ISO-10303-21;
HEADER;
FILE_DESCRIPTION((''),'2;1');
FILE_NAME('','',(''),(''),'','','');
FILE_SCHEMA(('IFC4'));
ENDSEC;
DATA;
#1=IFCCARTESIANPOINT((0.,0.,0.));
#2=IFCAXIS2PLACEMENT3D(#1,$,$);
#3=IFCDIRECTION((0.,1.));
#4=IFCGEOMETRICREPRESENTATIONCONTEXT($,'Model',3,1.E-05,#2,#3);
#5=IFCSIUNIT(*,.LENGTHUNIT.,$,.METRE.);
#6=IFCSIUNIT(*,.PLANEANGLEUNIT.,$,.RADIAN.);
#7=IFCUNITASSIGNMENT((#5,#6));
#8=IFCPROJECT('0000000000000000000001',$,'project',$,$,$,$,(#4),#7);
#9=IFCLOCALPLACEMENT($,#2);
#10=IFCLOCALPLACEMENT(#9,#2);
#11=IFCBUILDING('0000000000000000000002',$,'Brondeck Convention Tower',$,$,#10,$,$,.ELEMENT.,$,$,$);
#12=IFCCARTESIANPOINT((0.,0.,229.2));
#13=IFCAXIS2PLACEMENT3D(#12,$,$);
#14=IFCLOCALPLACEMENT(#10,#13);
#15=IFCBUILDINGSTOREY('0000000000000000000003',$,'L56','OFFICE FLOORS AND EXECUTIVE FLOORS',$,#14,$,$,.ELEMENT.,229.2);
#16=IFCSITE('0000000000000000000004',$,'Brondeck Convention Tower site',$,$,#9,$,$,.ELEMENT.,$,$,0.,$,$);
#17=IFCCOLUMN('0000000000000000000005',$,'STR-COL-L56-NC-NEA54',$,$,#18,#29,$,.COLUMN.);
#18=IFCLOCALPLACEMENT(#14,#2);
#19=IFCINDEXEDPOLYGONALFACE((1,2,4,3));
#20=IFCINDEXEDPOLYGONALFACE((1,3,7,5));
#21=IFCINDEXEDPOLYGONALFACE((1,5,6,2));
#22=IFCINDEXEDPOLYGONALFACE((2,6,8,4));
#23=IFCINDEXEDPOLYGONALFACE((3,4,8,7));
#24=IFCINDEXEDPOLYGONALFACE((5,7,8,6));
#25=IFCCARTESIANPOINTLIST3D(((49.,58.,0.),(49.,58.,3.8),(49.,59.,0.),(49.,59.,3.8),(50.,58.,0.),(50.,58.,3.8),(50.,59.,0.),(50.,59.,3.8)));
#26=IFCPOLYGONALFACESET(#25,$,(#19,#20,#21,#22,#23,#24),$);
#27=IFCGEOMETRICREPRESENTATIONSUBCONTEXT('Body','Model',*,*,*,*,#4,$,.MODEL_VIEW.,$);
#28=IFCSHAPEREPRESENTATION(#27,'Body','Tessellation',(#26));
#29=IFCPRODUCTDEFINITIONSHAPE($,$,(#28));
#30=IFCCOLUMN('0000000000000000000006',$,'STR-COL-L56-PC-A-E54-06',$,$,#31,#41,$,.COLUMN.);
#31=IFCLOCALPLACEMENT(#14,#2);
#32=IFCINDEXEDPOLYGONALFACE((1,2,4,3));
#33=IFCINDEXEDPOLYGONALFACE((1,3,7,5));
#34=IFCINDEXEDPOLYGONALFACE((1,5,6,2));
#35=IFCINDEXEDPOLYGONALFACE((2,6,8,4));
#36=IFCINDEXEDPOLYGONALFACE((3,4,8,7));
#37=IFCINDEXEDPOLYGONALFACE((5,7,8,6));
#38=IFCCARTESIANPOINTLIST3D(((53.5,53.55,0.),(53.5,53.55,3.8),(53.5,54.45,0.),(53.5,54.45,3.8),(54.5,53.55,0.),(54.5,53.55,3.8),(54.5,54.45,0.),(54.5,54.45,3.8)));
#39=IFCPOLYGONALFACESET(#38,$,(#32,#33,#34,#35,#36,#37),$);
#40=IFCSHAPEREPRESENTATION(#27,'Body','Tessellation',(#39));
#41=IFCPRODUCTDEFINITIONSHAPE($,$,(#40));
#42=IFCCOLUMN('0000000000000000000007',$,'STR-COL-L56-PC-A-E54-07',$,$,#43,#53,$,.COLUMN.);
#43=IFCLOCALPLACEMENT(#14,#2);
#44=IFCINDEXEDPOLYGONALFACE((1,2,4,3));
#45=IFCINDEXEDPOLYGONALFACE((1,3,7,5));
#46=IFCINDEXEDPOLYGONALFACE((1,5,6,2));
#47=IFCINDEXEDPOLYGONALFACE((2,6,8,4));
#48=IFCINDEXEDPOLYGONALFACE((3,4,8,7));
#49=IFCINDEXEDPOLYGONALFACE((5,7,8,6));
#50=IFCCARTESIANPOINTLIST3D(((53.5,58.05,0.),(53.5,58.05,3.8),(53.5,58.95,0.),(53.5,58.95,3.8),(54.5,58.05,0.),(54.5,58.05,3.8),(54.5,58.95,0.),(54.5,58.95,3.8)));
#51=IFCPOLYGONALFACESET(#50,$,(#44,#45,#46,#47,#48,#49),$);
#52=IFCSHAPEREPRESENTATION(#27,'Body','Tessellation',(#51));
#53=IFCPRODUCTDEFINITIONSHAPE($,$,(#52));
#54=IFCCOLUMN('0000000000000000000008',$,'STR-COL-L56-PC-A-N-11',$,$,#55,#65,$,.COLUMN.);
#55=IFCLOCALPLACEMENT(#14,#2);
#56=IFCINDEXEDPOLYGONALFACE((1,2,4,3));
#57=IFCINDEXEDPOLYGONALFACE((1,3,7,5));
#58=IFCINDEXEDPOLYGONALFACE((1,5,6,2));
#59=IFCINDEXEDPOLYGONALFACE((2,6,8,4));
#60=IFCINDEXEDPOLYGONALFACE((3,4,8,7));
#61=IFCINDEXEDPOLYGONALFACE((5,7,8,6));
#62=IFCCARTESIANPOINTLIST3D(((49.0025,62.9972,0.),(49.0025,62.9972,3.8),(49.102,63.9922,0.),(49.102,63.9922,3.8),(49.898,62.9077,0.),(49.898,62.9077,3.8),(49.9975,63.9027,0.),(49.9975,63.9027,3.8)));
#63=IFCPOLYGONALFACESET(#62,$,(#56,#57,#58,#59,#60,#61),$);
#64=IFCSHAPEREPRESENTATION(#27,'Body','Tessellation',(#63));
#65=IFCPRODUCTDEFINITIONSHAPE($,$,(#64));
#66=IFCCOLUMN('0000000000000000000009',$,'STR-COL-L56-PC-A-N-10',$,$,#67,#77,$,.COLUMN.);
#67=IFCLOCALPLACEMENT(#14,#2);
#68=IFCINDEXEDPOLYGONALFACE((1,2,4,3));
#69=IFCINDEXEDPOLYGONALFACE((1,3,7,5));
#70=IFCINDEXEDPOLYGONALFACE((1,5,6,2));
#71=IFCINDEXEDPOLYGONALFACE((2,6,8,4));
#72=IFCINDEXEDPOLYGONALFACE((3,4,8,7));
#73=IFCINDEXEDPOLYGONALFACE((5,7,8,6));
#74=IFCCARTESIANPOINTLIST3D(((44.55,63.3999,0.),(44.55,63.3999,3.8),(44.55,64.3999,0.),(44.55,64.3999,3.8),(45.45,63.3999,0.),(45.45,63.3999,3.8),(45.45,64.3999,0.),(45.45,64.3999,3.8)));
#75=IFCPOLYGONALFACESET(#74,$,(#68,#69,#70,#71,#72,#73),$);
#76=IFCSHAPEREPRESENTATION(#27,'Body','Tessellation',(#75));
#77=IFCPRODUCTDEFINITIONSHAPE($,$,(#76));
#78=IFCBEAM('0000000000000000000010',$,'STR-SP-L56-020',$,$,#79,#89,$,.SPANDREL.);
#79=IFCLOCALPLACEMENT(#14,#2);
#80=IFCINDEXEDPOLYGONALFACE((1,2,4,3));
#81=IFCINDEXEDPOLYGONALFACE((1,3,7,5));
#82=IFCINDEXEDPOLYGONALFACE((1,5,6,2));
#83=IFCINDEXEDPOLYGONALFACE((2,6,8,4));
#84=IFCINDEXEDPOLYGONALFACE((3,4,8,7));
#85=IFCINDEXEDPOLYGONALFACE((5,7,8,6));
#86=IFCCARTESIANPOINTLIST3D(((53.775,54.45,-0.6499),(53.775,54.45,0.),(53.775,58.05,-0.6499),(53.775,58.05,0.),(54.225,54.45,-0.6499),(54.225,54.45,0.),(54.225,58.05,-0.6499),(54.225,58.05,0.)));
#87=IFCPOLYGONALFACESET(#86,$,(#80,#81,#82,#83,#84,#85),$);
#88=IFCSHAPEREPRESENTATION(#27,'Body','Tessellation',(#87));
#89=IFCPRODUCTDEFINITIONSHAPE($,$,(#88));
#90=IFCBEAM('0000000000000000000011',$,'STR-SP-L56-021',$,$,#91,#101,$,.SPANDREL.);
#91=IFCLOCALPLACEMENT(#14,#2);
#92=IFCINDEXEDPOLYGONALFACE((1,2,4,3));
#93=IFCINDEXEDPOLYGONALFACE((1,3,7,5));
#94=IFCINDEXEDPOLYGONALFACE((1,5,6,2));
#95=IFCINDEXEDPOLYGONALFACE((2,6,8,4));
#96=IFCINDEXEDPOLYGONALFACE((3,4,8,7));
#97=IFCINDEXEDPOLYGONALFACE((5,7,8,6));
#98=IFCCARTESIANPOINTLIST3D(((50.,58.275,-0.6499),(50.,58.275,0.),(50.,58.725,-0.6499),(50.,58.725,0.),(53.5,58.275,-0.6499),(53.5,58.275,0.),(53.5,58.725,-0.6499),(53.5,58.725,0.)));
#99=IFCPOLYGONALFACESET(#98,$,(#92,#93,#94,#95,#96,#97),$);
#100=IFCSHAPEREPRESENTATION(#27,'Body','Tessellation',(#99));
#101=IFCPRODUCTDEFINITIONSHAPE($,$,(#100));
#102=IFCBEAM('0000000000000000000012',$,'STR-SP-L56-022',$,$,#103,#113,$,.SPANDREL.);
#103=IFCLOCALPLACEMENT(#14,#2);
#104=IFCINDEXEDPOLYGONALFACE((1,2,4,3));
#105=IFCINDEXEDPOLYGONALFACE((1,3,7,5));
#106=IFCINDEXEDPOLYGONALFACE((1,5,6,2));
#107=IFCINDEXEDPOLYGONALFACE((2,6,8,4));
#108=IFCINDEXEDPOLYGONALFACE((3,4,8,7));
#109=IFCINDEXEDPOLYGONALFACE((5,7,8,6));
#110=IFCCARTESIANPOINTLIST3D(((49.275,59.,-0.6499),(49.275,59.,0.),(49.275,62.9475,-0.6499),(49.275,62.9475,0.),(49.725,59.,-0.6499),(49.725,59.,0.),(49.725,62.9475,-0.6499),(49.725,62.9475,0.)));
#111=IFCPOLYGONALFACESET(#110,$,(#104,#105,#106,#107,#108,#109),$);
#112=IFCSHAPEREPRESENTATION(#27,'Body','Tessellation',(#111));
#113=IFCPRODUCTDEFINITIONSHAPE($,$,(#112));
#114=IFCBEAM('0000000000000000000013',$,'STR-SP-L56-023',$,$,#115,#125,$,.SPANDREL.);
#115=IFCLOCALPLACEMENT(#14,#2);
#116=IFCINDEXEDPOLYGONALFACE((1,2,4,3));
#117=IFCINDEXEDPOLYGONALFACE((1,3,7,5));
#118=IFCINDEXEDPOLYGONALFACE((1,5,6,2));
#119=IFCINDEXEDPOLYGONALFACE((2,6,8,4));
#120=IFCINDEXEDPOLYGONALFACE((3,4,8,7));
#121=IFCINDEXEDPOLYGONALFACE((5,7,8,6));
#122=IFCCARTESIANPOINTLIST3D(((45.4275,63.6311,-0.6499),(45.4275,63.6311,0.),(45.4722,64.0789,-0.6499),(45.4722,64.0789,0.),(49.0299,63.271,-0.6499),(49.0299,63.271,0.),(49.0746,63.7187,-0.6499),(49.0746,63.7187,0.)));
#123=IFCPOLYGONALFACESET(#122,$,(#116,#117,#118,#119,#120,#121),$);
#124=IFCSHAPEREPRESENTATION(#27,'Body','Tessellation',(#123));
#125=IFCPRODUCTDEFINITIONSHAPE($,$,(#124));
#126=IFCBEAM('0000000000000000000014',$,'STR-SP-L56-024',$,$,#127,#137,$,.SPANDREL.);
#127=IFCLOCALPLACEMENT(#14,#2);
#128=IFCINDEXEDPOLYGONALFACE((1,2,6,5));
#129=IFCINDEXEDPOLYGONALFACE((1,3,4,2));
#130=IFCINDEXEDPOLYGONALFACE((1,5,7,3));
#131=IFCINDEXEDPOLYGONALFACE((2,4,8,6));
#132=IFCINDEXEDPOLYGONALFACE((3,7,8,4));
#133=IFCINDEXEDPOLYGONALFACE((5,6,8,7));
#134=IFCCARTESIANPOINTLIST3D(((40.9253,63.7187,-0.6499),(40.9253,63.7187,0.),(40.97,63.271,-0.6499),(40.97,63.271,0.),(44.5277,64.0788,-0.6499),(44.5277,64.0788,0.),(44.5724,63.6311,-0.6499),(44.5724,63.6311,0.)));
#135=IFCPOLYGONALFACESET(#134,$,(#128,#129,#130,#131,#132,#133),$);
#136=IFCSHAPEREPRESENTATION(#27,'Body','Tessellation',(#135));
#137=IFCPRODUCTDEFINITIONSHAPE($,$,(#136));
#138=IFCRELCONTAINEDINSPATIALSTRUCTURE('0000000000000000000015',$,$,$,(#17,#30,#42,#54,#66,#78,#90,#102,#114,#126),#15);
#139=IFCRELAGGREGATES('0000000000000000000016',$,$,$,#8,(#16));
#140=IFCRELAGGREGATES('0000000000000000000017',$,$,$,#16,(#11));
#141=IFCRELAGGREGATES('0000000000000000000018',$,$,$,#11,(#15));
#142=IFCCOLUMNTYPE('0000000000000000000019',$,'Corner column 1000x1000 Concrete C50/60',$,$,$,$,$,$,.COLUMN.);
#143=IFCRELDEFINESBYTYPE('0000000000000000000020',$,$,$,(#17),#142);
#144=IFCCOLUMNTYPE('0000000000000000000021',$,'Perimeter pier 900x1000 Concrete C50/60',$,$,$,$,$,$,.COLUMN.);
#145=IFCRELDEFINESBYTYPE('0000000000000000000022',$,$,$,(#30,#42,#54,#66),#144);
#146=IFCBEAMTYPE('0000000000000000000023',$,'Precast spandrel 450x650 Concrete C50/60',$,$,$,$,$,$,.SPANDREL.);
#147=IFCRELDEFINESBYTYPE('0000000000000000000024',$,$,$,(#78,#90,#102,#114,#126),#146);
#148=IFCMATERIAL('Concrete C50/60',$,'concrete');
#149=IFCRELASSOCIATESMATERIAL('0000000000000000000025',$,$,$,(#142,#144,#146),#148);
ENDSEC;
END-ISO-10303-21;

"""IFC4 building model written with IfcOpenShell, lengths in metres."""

from ifc_helpers import new_model, si_unit, direction, frame, origin, origin_2d, place, context, subcontext, project, spatial, rectangle, extrude, material, material_profile, profile_set, type_object, element, save


model = new_model("IFC4")

# Units and contexts
model_context = context("Model", 3, precision=1e-05, world=origin(), true_north=direction((0.0, 1.0)))
body_context = subcontext(model_context, "Body", "Model", "MODEL_VIEW")
ifc_project = project(units=[si_unit("LENGTHUNIT", "METRE"), si_unit("PLANEANGLEUNIT", "RADIAN")], contexts=[model_context])

# Site, building, storey
site_placement = place(None, origin())
site = spatial("IfcSite", under=ifc_project, at=site_placement, Name="Brondeck Convention Tower site", CompositionType="ELEMENT", RefElevation=0.0)
building_placement = place(site_placement, origin())
building = spatial("IfcBuilding", under=site, at=building_placement, Name="Brondeck Convention Tower", CompositionType="ELEMENT")
storey_placement = place(building_placement, frame((0.0, 0.0, 229.2)))
storey = spatial("IfcBuildingStorey", under=building, at=storey_placement, Name="L56", Description="OFFICE FLOORS AND EXECUTIVE FLOORS", CompositionType="ELEMENT", Elevation=229.2)

# Columns
ifc_material_1 = material(Name="Concrete C50/60", Category="concrete")
ifc_material_profile_1 = material_profile(ifc_material_1, rectangle(XDim=1.0, YDim=1.0, at=origin_2d()), Name="Corner column 1000x1000 Concrete C50/60")
ifc_profile_set_1 = profile_set([ifc_material_profile_1], Name="Concrete C50/60")
column_type_1 = type_object("IfcColumnType", Name="Corner column 1000x1000 Concrete C50/60", PredefinedType="COLUMN", material=ifc_profile_set_1)
column_placement = place(storey_placement, frame((49.5, 58.5, 0.0), z_axis=(0.0, 0.0, 1.0), x_axis=(1.0, 0.0, 0.0)))
element("IfcColumn", 1, at=column_placement, inside=storey, type_object=column_type_1, Name="STR-COL-L56-NC-NEA54", PredefinedType="COLUMN", context=body_context, shape_type="SweptSolid", body=[
    extrude(rectangle(XDim=1.0, YDim=1.0, at=origin_2d()), origin(), (0.0, 0.0, 1.0), 3.8),
])
ifc_material_profile_2 = material_profile(ifc_material_1, rectangle(XDim=0.8999, YDim=1.0, at=origin_2d()), Name="Perimeter pier 900x1000 Concrete C50/60")
ifc_profile_set_2 = profile_set([ifc_material_profile_2], Name="Concrete C50/60")
column_type_2 = type_object("IfcColumnType", Name="Perimeter pier 900x1000 Concrete C50/60", PredefinedType="COLUMN", material=ifc_profile_set_2)
for number, where, z_axis, x_axis, name in (
    (2, (54.0, 54.0, 0.0), (0.0, 0.0, 1.0), (0.0, 1.0, 0.0), "STR-COL-L56-PC-A-E54-06"),
    (3, (54.0, 58.5, 0.0), (0.0, 0.0, 1.0), (0.0, 1.0, 0.0), "STR-COL-L56-PC-A-E54-07"),
    (4, (49.5, 63.45, 0.0), (0.0, 0.0, 1.0), (-0.995037, 0.099504, 0.0), "STR-COL-L56-PC-A-N-11"),
    (5, (45.0, 63.8999, 0.0), (0.0, 0.0, 1.0), (-1.0, 0.0, 0.0), "STR-COL-L56-PC-A-N-10"),
):
    element("IfcColumn", number, at=place(storey_placement, frame(where, z_axis=z_axis, x_axis=x_axis)), inside=storey, type_object=column_type_2, Name=name, PredefinedType="COLUMN", context=body_context, shape_type="SweptSolid", body=[
        extrude(rectangle(XDim=0.8999, YDim=1.0, at=origin_2d()), origin(), (0.0, 0.0, 1.0), 3.8),
    ])

# Beams
ifc_material_profile_3 = material_profile(ifc_material_1, rectangle(XDim=0.45, YDim=0.6499, at=origin_2d()), Name="Precast spandrel 450x650 Concrete C50/60")
ifc_profile_set_3 = profile_set([ifc_material_profile_3], Name="Concrete C50/60")
beam_type = type_object("IfcBeamType", Name="Precast spandrel 450x650 Concrete C50/60", PredefinedType="SPANDREL", material=ifc_profile_set_3)
beam_1_placement = place(storey_placement, frame((54.0, 54.45, -0.325), z_axis=(0.0, 1.0, 0.0), x_axis=(-1.0, 0.0, 0.0)))
element("IfcBeam", 6, at=beam_1_placement, inside=storey, type_object=beam_type, Name="STR-SP-L56-020", PredefinedType="SPANDREL", context=body_context, shape_type="SweptSolid", body=[
    extrude(rectangle(XDim=0.45, YDim=0.6499, at=origin_2d()), origin(), (0.0, 0.0, 1.0), 3.6001),
])
beam_2_placement = place(storey_placement, frame((53.5, 58.5, -0.325), z_axis=(-1.0, 0.0, 0.0), x_axis=(0.0, -1.0, 0.0)))
element("IfcBeam", 7, at=beam_2_placement, inside=storey, type_object=beam_type, Name="STR-SP-L56-021", PredefinedType="SPANDREL", context=body_context, shape_type="SweptSolid", body=[
    extrude(rectangle(XDim=0.45, YDim=0.6499, at=origin_2d()), origin(), (0.0, 0.0, 1.0), 3.5),
])
beam_3_placement = place(storey_placement, frame((49.5, 59.0, -0.325), z_axis=(0.0, 1.0, 0.0), x_axis=(-1.0, 0.0, 0.0)))
element("IfcBeam", 8, at=beam_3_placement, inside=storey, type_object=beam_type, Name="STR-SP-L56-022", PredefinedType="SPANDREL", context=body_context, shape_type="SweptSolid", body=[
    extrude(rectangle(XDim=0.45, YDim=0.6499, at=origin_2d()), origin(), (0.0, 0.0, 1.0), 3.9475),
])
for number, where, z_axis, x_axis, name in (
    (9, (49.0522, 63.4949, -0.325), (-0.995041, 0.09947, 0.0), (-0.09947, -0.995041, 0.0), "STR-SP-L56-023"),
    (10, (44.55, 63.855, -0.325), (-0.995041, -0.09947, 0.0), (0.09947, -0.995041, 0.0), "STR-SP-L56-024"),
):
    element("IfcBeam", number, at=place(storey_placement, frame(where, z_axis=z_axis, x_axis=x_axis)), inside=storey, type_object=beam_type, Name=name, PredefinedType="SPANDREL", context=body_context, shape_type="SweptSolid", body=[
        extrude(rectangle(XDim=0.45, YDim=0.6499, at=origin_2d()), origin(), (0.0, 0.0, 1.0), 3.6204),
    ])

save(model, "model.ifc")
